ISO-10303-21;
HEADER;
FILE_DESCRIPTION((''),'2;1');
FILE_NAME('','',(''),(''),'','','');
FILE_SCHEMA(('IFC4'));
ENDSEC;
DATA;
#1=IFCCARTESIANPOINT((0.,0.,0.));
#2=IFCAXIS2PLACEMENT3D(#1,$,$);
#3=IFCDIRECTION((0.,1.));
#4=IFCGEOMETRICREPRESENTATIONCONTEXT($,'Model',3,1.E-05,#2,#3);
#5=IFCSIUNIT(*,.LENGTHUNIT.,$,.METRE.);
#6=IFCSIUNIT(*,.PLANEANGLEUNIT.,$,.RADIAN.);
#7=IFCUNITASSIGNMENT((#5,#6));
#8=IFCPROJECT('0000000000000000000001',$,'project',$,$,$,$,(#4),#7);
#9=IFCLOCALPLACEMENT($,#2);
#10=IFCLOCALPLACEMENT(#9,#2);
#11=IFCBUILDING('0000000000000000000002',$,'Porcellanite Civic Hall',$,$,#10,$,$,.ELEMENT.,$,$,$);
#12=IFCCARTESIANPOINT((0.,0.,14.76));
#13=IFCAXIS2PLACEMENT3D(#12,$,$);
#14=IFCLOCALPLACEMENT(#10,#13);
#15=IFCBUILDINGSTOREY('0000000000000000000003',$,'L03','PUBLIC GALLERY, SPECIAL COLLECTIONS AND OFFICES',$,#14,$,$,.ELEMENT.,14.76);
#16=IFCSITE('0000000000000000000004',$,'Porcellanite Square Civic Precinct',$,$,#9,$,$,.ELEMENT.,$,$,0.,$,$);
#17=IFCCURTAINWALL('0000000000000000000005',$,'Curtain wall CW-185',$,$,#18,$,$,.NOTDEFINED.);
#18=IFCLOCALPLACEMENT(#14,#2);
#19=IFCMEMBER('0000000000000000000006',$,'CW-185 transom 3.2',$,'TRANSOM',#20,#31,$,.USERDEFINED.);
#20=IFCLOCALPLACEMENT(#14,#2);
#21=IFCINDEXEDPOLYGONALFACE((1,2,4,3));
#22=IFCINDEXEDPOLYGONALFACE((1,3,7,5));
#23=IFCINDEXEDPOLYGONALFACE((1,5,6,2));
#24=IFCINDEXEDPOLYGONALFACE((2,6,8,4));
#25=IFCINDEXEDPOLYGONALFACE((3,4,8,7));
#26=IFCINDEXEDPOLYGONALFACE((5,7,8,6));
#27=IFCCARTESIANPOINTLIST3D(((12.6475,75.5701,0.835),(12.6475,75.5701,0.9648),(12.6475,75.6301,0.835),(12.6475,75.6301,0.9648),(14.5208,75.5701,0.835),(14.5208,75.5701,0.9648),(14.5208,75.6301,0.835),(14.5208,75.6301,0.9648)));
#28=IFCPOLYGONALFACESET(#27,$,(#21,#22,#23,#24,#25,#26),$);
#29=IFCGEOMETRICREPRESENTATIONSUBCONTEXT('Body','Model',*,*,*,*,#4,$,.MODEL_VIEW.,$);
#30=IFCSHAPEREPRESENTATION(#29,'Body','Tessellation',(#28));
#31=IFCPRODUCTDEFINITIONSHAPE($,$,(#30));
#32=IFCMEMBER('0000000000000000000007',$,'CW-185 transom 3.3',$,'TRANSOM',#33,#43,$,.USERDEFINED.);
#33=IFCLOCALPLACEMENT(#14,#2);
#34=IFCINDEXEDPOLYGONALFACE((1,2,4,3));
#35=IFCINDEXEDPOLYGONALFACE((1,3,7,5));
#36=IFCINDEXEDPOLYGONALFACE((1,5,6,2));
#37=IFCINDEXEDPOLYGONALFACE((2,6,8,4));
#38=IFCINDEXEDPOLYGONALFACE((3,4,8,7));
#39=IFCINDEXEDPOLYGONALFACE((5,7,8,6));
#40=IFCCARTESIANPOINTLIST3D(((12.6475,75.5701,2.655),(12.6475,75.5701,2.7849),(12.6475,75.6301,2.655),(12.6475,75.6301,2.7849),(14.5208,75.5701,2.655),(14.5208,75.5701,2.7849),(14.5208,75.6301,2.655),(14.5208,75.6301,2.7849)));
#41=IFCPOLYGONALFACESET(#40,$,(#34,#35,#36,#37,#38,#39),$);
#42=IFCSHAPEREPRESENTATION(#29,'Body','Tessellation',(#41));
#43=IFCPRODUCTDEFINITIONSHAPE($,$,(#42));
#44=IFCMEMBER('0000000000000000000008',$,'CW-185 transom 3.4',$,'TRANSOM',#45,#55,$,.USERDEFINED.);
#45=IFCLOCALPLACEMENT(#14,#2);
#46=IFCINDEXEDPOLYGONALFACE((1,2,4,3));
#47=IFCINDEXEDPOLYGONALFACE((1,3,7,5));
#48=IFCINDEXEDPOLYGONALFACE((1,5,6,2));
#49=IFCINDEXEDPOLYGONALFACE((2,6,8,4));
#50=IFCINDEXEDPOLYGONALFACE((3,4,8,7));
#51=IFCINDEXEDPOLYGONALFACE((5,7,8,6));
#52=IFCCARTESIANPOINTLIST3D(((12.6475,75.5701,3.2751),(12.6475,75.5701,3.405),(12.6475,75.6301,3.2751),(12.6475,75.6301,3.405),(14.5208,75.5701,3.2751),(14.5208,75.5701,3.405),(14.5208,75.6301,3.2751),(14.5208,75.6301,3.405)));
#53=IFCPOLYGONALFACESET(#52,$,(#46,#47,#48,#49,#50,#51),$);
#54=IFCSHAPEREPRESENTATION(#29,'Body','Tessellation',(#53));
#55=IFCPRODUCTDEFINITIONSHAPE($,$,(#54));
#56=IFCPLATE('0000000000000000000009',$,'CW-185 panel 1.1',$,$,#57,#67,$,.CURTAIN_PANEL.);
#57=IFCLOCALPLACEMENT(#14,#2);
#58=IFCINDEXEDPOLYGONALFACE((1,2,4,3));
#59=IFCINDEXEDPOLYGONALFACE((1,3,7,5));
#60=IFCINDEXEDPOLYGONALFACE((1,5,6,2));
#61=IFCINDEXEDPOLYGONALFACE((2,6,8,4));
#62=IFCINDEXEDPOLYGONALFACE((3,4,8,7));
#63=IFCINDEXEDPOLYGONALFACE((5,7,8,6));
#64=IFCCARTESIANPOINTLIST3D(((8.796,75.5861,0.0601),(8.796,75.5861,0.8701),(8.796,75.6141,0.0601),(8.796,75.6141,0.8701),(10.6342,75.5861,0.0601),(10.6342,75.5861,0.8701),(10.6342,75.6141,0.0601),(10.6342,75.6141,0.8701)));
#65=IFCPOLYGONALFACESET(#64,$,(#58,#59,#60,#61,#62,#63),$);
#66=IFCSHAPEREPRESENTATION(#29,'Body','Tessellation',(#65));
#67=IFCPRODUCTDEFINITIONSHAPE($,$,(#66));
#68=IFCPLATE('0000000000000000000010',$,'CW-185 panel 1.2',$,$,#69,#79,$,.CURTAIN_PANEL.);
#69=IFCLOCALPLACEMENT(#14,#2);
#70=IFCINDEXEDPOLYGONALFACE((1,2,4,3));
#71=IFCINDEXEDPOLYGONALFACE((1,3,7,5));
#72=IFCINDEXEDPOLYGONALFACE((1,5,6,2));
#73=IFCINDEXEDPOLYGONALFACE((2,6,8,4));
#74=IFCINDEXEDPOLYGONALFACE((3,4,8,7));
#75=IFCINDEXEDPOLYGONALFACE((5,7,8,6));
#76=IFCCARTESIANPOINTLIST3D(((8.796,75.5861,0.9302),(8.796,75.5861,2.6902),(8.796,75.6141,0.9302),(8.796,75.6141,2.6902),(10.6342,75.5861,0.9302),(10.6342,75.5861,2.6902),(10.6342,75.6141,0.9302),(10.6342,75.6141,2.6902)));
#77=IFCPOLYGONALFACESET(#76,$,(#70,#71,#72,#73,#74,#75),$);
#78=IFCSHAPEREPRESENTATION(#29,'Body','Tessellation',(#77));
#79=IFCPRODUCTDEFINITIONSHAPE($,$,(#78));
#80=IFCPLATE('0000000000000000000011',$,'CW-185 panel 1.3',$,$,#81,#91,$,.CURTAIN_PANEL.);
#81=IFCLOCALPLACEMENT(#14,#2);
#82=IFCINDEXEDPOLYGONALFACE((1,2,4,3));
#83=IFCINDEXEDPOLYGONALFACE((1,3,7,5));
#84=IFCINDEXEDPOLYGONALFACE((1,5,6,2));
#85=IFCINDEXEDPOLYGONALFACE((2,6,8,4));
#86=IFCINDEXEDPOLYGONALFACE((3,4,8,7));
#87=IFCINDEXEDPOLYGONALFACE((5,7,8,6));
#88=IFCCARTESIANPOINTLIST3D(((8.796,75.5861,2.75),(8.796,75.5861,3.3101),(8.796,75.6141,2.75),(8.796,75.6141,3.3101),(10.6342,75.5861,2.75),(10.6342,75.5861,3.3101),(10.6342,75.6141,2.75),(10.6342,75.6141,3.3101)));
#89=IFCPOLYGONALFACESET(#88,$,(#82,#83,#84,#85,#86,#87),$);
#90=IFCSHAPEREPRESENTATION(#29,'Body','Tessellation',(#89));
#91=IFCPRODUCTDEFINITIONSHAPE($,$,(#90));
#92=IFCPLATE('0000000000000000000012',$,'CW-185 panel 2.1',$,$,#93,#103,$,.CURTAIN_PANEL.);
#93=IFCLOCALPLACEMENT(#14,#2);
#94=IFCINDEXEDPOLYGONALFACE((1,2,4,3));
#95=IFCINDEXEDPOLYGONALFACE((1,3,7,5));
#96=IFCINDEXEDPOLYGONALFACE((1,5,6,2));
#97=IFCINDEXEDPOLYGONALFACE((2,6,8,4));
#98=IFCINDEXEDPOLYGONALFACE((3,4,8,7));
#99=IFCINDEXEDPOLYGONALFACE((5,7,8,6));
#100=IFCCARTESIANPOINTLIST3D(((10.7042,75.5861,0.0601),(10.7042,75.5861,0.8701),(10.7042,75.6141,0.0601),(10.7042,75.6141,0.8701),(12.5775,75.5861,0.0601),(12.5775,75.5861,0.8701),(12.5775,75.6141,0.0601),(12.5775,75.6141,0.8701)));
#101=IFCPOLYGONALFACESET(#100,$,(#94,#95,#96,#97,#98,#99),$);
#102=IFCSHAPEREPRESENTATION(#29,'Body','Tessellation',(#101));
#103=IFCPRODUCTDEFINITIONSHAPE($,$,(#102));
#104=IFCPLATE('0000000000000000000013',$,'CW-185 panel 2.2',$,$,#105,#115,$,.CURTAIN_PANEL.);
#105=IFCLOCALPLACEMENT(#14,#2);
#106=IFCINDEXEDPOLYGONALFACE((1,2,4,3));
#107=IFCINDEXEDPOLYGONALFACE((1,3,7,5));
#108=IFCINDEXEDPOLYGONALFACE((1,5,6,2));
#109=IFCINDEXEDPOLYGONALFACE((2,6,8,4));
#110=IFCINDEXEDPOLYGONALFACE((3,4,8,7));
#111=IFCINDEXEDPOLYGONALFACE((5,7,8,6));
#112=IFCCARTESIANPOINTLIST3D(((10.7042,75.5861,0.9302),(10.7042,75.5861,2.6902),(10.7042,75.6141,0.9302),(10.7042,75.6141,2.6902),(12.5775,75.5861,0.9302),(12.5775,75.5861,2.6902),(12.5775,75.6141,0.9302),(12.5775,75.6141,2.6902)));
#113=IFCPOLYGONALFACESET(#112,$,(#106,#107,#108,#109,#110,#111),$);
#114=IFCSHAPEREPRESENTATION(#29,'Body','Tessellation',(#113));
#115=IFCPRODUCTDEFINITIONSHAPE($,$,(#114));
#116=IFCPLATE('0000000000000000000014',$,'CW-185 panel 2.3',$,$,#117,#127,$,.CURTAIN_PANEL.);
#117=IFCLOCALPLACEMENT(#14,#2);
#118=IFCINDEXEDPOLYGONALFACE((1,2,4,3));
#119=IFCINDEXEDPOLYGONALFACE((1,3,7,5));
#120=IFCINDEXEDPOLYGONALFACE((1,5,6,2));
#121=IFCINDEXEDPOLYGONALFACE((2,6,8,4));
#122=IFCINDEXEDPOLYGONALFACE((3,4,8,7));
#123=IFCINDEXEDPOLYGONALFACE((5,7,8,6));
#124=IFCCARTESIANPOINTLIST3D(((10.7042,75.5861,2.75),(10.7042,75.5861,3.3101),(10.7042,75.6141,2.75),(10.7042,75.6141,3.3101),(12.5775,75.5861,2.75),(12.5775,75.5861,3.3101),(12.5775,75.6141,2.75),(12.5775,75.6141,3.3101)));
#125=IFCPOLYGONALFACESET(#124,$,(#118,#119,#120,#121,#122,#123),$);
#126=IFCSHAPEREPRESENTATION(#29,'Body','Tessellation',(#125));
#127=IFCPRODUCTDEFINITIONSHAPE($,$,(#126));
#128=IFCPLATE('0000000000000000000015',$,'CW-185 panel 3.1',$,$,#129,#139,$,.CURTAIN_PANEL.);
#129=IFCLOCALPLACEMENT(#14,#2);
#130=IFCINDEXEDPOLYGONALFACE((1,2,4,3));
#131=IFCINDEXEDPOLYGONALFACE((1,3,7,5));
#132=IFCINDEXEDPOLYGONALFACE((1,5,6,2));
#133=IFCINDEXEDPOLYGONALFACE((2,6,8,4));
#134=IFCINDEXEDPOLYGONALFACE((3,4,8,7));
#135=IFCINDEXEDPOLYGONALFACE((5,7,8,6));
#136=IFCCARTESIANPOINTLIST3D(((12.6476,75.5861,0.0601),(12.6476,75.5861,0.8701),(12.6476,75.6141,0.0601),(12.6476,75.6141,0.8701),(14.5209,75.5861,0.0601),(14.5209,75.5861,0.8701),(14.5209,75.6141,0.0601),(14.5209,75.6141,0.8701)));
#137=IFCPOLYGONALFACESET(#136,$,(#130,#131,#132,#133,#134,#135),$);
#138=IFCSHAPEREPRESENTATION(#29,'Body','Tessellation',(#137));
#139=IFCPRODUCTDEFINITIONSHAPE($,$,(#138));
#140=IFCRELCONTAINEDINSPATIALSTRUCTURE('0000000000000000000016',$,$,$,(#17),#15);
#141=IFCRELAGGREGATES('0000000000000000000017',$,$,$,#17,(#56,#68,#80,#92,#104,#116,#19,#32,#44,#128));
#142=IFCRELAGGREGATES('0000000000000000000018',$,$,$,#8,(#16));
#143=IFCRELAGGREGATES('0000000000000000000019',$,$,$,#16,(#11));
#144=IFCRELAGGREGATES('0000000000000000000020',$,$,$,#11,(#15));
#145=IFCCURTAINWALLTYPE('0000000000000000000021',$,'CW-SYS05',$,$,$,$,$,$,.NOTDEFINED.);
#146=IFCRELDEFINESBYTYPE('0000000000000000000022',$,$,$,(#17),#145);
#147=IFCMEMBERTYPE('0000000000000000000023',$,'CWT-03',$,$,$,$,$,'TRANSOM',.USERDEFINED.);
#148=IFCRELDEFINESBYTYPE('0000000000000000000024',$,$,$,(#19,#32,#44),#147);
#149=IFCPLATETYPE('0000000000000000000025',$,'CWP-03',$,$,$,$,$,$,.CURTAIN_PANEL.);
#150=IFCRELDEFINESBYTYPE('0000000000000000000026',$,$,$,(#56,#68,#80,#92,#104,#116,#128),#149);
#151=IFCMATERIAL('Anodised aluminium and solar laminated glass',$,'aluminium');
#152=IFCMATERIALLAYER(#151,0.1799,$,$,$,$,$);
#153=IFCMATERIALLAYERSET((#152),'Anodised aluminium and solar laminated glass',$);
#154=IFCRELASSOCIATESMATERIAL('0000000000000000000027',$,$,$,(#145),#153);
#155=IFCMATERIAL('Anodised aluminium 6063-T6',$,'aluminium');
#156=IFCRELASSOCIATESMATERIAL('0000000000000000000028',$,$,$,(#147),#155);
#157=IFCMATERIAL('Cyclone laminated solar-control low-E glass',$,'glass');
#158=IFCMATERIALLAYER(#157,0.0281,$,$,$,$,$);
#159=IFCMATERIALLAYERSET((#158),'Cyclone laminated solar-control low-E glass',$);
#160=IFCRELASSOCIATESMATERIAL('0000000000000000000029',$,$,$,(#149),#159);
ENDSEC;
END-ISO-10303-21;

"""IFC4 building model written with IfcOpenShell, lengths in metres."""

from ifc_helpers import new_model, si_unit, direction, frame, origin, origin_2d, place, context, subcontext, project, spatial, rectangle, extrude, material, layer, layer_set, material_profile, profile_set, type_object, element, aggregate, save


model = new_model("IFC4")

# Units and contexts
model_context = context("Model", 3, precision=1e-05, world=origin(), true_north=direction((0.0, 1.0)))
body_context = subcontext(model_context, "Body", "Model", "MODEL_VIEW")
ifc_project = project(units=[si_unit("LENGTHUNIT", "METRE"), si_unit("PLANEANGLEUNIT", "RADIAN")], contexts=[model_context])

# Site, building, storey
site_placement = place(None, origin())
site = spatial("IfcSite", under=ifc_project, at=site_placement, Name="Porcellanite Square Civic Precinct", CompositionType="ELEMENT", RefElevation=0.0)
building_placement = place(site_placement, origin())
building = spatial("IfcBuilding", under=site, at=building_placement, Name="Porcellanite Civic Hall", CompositionType="ELEMENT")
storey_placement = place(building_placement, frame((0.0, 0.0, 14.76)))
storey = spatial("IfcBuildingStorey", under=building, at=storey_placement, Name="L03", Description="PUBLIC GALLERY, SPECIAL COLLECTIONS AND OFFICES", CompositionType="ELEMENT", Elevation=14.76)

# Curtain wall, members, plates
ifc_material_1 = material(Name="Anodised aluminium and solar laminated glass", Category="aluminium")
ifc_layer_1 = layer(ifc_material_1, 0.1799)
ifc_layer_set_1 = layer_set([ifc_layer_1], Name="Anodised aluminium and solar laminated glass")
curtain_wall_type = type_object("IfcCurtainWallType", Name="CW-SYS05", PredefinedType="NOTDEFINED", material=ifc_layer_set_1)
curtain_wall_placement = place(storey_placement, origin())
curtain_wall = element("IfcCurtainWall", 1, at=curtain_wall_placement, inside=storey, type_object=curtain_wall_type, Name="Curtain wall CW-185", PredefinedType="NOTDEFINED")
ifc_material_2 = material(Name="Anodised aluminium 6063-T6", Category="aluminium")
ifc_material_profile_1 = material_profile(ifc_material_2, rectangle(XDim=0.0601, YDim=0.1299, at=origin_2d()), Name="AL-60x130")
ifc_profile_set_1 = profile_set([ifc_material_profile_1], Name="Anodised aluminium 6063-T6")
member_type_1 = type_object("IfcMemberType", Name="CWT-03", ElementType="TRANSOM", PredefinedType="USERDEFINED", material=ifc_profile_set_1)
member_1_placement = place(storey_placement, frame((12.6475, 75.6001, 0.8999), z_axis=(1.0, 0.0, 0.0), x_axis=(0.0, 1.0, 0.0)))
member_1 = element("IfcMember", 2, at=member_1_placement, type_object=member_type_1, Name="CW-185 transom 3.2", ObjectType="TRANSOM", PredefinedType="USERDEFINED", context=body_context, shape_type="SweptSolid", body=[
    extrude(rectangle(XDim=0.0601, YDim=0.1299, at=origin_2d()), origin(), (0.0, 0.0, 1.0), 1.8733),
])
member_2_placement = place(storey_placement, frame((12.6475, 75.6001, 2.72), z_axis=(1.0, 0.0, 0.0), x_axis=(0.0, 1.0, 0.0)))
member_2 = element("IfcMember", 3, at=member_2_placement, type_object=member_type_1, Name="CW-185 transom 3.3", ObjectType="TRANSOM", PredefinedType="USERDEFINED", context=body_context, shape_type="SweptSolid", body=[
    extrude(rectangle(XDim=0.0601, YDim=0.1299, at=origin_2d()), origin(), (0.0, 0.0, 1.0), 1.8733),
])
member_3_placement = place(storey_placement, frame((12.6475, 75.6001, 3.3401), z_axis=(1.0, 0.0, 0.0), x_axis=(0.0, 1.0, 0.0)))
member_3 = element("IfcMember", 4, at=member_3_placement, type_object=member_type_1, Name="CW-185 transom 3.4", ObjectType="TRANSOM", PredefinedType="USERDEFINED", context=body_context, shape_type="SweptSolid", body=[
    extrude(rectangle(XDim=0.0601, YDim=0.1299, at=origin_2d()), origin(), (0.0, 0.0, 1.0), 1.8733),
])
ifc_material_3 = material(Name="Cyclone laminated solar-control low-E glass", Category="glass")
ifc_layer_2 = layer(ifc_material_3, 0.0281)
ifc_layer_set_2 = layer_set([ifc_layer_2], Name="Cyclone laminated solar-control low-E glass")
plate_type = type_object("IfcPlateType", Name="CWP-03", PredefinedType="CURTAIN_PANEL", material=ifc_layer_set_2)
plate_1_placement = place(storey_placement, frame((9.7151, 75.6001, 0.0601), z_axis=(0.0, 0.0, 1.0), x_axis=(1.0, 0.0, 0.0)))
plate_1 = element("IfcPlate", 5, at=plate_1_placement, type_object=plate_type, Name="CW-185 panel 1.1", PredefinedType="CURTAIN_PANEL", context=body_context, shape_type="SweptSolid", body=[
    extrude(rectangle(XDim=1.8381, YDim=0.0281, at=origin_2d()), origin(), (0.0, 0.0, 1.0), 0.8101),
])
plate_2_placement = place(storey_placement, frame((9.7151, 75.6001, 0.9302), z_axis=(0.0, 0.0, 1.0), x_axis=(1.0, 0.0, 0.0)))
plate_2 = element("IfcPlate", 6, at=plate_2_placement, type_object=plate_type, Name="CW-185 panel 1.2", PredefinedType="CURTAIN_PANEL", context=body_context, shape_type="SweptSolid", body=[
    extrude(rectangle(XDim=1.8381, YDim=0.0281, at=origin_2d()), origin(), (0.0, 0.0, 1.0), 1.76),
])
plate_3_placement = place(storey_placement, frame((9.7151, 75.6001, 2.75), z_axis=(0.0, 0.0, 1.0), x_axis=(1.0, 0.0, 0.0)))
plate_3 = element("IfcPlate", 7, at=plate_3_placement, type_object=plate_type, Name="CW-185 panel 1.3", PredefinedType="CURTAIN_PANEL", context=body_context, shape_type="SweptSolid", body=[
    extrude(rectangle(XDim=1.8381, YDim=0.0281, at=origin_2d()), origin(), (0.0, 0.0, 1.0), 0.5601),
])
plate_4_placement = place(storey_placement, frame((11.6409, 75.6001, 0.0601), z_axis=(0.0, 0.0, 1.0), x_axis=(1.0, 0.0, 0.0)))
plate_4 = element("IfcPlate", 8, at=plate_4_placement, type_object=plate_type, Name="CW-185 panel 2.1", PredefinedType="CURTAIN_PANEL", context=body_context, shape_type="SweptSolid", body=[
    extrude(rectangle(XDim=1.8733, YDim=0.0281, at=origin_2d()), origin(), (0.0, 0.0, 1.0), 0.8101),
])
plate_5_placement = place(storey_placement, frame((11.6409, 75.6001, 0.9302), z_axis=(0.0, 0.0, 1.0), x_axis=(1.0, 0.0, 0.0)))
plate_5 = element("IfcPlate", 9, at=plate_5_placement, type_object=plate_type, Name="CW-185 panel 2.2", PredefinedType="CURTAIN_PANEL", context=body_context, shape_type="SweptSolid", body=[
    extrude(rectangle(XDim=1.8733, YDim=0.0281, at=origin_2d()), origin(), (0.0, 0.0, 1.0), 1.76),
])
plate_6_placement = place(storey_placement, frame((11.6409, 75.6001, 2.75), z_axis=(0.0, 0.0, 1.0), x_axis=(1.0, 0.0, 0.0)))
plate_6 = element("IfcPlate", 10, at=plate_6_placement, type_object=plate_type, Name="CW-185 panel 2.3", PredefinedType="CURTAIN_PANEL", context=body_context, shape_type="SweptSolid", body=[
    extrude(rectangle(XDim=1.8733, YDim=0.0281, at=origin_2d()), origin(), (0.0, 0.0, 1.0), 0.5601),
])
plate_7_placement = place(storey_placement, frame((13.5842, 75.6001, 0.0601), z_axis=(0.0, 0.0, 1.0), x_axis=(1.0, 0.0, 0.0)))
plate_7 = element("IfcPlate", 11, at=plate_7_placement, type_object=plate_type, Name="CW-185 panel 3.1", PredefinedType="CURTAIN_PANEL", context=body_context, shape_type="SweptSolid", body=[
    extrude(rectangle(XDim=1.8733, YDim=0.0281, at=origin_2d()), origin(), (0.0, 0.0, 1.0), 0.8101),
])
aggregate(curtain_wall, [plate_1, plate_2, plate_3, plate_4, plate_5, plate_6, member_1, member_2, member_3, plate_7])

save(model, "model.ifc")
